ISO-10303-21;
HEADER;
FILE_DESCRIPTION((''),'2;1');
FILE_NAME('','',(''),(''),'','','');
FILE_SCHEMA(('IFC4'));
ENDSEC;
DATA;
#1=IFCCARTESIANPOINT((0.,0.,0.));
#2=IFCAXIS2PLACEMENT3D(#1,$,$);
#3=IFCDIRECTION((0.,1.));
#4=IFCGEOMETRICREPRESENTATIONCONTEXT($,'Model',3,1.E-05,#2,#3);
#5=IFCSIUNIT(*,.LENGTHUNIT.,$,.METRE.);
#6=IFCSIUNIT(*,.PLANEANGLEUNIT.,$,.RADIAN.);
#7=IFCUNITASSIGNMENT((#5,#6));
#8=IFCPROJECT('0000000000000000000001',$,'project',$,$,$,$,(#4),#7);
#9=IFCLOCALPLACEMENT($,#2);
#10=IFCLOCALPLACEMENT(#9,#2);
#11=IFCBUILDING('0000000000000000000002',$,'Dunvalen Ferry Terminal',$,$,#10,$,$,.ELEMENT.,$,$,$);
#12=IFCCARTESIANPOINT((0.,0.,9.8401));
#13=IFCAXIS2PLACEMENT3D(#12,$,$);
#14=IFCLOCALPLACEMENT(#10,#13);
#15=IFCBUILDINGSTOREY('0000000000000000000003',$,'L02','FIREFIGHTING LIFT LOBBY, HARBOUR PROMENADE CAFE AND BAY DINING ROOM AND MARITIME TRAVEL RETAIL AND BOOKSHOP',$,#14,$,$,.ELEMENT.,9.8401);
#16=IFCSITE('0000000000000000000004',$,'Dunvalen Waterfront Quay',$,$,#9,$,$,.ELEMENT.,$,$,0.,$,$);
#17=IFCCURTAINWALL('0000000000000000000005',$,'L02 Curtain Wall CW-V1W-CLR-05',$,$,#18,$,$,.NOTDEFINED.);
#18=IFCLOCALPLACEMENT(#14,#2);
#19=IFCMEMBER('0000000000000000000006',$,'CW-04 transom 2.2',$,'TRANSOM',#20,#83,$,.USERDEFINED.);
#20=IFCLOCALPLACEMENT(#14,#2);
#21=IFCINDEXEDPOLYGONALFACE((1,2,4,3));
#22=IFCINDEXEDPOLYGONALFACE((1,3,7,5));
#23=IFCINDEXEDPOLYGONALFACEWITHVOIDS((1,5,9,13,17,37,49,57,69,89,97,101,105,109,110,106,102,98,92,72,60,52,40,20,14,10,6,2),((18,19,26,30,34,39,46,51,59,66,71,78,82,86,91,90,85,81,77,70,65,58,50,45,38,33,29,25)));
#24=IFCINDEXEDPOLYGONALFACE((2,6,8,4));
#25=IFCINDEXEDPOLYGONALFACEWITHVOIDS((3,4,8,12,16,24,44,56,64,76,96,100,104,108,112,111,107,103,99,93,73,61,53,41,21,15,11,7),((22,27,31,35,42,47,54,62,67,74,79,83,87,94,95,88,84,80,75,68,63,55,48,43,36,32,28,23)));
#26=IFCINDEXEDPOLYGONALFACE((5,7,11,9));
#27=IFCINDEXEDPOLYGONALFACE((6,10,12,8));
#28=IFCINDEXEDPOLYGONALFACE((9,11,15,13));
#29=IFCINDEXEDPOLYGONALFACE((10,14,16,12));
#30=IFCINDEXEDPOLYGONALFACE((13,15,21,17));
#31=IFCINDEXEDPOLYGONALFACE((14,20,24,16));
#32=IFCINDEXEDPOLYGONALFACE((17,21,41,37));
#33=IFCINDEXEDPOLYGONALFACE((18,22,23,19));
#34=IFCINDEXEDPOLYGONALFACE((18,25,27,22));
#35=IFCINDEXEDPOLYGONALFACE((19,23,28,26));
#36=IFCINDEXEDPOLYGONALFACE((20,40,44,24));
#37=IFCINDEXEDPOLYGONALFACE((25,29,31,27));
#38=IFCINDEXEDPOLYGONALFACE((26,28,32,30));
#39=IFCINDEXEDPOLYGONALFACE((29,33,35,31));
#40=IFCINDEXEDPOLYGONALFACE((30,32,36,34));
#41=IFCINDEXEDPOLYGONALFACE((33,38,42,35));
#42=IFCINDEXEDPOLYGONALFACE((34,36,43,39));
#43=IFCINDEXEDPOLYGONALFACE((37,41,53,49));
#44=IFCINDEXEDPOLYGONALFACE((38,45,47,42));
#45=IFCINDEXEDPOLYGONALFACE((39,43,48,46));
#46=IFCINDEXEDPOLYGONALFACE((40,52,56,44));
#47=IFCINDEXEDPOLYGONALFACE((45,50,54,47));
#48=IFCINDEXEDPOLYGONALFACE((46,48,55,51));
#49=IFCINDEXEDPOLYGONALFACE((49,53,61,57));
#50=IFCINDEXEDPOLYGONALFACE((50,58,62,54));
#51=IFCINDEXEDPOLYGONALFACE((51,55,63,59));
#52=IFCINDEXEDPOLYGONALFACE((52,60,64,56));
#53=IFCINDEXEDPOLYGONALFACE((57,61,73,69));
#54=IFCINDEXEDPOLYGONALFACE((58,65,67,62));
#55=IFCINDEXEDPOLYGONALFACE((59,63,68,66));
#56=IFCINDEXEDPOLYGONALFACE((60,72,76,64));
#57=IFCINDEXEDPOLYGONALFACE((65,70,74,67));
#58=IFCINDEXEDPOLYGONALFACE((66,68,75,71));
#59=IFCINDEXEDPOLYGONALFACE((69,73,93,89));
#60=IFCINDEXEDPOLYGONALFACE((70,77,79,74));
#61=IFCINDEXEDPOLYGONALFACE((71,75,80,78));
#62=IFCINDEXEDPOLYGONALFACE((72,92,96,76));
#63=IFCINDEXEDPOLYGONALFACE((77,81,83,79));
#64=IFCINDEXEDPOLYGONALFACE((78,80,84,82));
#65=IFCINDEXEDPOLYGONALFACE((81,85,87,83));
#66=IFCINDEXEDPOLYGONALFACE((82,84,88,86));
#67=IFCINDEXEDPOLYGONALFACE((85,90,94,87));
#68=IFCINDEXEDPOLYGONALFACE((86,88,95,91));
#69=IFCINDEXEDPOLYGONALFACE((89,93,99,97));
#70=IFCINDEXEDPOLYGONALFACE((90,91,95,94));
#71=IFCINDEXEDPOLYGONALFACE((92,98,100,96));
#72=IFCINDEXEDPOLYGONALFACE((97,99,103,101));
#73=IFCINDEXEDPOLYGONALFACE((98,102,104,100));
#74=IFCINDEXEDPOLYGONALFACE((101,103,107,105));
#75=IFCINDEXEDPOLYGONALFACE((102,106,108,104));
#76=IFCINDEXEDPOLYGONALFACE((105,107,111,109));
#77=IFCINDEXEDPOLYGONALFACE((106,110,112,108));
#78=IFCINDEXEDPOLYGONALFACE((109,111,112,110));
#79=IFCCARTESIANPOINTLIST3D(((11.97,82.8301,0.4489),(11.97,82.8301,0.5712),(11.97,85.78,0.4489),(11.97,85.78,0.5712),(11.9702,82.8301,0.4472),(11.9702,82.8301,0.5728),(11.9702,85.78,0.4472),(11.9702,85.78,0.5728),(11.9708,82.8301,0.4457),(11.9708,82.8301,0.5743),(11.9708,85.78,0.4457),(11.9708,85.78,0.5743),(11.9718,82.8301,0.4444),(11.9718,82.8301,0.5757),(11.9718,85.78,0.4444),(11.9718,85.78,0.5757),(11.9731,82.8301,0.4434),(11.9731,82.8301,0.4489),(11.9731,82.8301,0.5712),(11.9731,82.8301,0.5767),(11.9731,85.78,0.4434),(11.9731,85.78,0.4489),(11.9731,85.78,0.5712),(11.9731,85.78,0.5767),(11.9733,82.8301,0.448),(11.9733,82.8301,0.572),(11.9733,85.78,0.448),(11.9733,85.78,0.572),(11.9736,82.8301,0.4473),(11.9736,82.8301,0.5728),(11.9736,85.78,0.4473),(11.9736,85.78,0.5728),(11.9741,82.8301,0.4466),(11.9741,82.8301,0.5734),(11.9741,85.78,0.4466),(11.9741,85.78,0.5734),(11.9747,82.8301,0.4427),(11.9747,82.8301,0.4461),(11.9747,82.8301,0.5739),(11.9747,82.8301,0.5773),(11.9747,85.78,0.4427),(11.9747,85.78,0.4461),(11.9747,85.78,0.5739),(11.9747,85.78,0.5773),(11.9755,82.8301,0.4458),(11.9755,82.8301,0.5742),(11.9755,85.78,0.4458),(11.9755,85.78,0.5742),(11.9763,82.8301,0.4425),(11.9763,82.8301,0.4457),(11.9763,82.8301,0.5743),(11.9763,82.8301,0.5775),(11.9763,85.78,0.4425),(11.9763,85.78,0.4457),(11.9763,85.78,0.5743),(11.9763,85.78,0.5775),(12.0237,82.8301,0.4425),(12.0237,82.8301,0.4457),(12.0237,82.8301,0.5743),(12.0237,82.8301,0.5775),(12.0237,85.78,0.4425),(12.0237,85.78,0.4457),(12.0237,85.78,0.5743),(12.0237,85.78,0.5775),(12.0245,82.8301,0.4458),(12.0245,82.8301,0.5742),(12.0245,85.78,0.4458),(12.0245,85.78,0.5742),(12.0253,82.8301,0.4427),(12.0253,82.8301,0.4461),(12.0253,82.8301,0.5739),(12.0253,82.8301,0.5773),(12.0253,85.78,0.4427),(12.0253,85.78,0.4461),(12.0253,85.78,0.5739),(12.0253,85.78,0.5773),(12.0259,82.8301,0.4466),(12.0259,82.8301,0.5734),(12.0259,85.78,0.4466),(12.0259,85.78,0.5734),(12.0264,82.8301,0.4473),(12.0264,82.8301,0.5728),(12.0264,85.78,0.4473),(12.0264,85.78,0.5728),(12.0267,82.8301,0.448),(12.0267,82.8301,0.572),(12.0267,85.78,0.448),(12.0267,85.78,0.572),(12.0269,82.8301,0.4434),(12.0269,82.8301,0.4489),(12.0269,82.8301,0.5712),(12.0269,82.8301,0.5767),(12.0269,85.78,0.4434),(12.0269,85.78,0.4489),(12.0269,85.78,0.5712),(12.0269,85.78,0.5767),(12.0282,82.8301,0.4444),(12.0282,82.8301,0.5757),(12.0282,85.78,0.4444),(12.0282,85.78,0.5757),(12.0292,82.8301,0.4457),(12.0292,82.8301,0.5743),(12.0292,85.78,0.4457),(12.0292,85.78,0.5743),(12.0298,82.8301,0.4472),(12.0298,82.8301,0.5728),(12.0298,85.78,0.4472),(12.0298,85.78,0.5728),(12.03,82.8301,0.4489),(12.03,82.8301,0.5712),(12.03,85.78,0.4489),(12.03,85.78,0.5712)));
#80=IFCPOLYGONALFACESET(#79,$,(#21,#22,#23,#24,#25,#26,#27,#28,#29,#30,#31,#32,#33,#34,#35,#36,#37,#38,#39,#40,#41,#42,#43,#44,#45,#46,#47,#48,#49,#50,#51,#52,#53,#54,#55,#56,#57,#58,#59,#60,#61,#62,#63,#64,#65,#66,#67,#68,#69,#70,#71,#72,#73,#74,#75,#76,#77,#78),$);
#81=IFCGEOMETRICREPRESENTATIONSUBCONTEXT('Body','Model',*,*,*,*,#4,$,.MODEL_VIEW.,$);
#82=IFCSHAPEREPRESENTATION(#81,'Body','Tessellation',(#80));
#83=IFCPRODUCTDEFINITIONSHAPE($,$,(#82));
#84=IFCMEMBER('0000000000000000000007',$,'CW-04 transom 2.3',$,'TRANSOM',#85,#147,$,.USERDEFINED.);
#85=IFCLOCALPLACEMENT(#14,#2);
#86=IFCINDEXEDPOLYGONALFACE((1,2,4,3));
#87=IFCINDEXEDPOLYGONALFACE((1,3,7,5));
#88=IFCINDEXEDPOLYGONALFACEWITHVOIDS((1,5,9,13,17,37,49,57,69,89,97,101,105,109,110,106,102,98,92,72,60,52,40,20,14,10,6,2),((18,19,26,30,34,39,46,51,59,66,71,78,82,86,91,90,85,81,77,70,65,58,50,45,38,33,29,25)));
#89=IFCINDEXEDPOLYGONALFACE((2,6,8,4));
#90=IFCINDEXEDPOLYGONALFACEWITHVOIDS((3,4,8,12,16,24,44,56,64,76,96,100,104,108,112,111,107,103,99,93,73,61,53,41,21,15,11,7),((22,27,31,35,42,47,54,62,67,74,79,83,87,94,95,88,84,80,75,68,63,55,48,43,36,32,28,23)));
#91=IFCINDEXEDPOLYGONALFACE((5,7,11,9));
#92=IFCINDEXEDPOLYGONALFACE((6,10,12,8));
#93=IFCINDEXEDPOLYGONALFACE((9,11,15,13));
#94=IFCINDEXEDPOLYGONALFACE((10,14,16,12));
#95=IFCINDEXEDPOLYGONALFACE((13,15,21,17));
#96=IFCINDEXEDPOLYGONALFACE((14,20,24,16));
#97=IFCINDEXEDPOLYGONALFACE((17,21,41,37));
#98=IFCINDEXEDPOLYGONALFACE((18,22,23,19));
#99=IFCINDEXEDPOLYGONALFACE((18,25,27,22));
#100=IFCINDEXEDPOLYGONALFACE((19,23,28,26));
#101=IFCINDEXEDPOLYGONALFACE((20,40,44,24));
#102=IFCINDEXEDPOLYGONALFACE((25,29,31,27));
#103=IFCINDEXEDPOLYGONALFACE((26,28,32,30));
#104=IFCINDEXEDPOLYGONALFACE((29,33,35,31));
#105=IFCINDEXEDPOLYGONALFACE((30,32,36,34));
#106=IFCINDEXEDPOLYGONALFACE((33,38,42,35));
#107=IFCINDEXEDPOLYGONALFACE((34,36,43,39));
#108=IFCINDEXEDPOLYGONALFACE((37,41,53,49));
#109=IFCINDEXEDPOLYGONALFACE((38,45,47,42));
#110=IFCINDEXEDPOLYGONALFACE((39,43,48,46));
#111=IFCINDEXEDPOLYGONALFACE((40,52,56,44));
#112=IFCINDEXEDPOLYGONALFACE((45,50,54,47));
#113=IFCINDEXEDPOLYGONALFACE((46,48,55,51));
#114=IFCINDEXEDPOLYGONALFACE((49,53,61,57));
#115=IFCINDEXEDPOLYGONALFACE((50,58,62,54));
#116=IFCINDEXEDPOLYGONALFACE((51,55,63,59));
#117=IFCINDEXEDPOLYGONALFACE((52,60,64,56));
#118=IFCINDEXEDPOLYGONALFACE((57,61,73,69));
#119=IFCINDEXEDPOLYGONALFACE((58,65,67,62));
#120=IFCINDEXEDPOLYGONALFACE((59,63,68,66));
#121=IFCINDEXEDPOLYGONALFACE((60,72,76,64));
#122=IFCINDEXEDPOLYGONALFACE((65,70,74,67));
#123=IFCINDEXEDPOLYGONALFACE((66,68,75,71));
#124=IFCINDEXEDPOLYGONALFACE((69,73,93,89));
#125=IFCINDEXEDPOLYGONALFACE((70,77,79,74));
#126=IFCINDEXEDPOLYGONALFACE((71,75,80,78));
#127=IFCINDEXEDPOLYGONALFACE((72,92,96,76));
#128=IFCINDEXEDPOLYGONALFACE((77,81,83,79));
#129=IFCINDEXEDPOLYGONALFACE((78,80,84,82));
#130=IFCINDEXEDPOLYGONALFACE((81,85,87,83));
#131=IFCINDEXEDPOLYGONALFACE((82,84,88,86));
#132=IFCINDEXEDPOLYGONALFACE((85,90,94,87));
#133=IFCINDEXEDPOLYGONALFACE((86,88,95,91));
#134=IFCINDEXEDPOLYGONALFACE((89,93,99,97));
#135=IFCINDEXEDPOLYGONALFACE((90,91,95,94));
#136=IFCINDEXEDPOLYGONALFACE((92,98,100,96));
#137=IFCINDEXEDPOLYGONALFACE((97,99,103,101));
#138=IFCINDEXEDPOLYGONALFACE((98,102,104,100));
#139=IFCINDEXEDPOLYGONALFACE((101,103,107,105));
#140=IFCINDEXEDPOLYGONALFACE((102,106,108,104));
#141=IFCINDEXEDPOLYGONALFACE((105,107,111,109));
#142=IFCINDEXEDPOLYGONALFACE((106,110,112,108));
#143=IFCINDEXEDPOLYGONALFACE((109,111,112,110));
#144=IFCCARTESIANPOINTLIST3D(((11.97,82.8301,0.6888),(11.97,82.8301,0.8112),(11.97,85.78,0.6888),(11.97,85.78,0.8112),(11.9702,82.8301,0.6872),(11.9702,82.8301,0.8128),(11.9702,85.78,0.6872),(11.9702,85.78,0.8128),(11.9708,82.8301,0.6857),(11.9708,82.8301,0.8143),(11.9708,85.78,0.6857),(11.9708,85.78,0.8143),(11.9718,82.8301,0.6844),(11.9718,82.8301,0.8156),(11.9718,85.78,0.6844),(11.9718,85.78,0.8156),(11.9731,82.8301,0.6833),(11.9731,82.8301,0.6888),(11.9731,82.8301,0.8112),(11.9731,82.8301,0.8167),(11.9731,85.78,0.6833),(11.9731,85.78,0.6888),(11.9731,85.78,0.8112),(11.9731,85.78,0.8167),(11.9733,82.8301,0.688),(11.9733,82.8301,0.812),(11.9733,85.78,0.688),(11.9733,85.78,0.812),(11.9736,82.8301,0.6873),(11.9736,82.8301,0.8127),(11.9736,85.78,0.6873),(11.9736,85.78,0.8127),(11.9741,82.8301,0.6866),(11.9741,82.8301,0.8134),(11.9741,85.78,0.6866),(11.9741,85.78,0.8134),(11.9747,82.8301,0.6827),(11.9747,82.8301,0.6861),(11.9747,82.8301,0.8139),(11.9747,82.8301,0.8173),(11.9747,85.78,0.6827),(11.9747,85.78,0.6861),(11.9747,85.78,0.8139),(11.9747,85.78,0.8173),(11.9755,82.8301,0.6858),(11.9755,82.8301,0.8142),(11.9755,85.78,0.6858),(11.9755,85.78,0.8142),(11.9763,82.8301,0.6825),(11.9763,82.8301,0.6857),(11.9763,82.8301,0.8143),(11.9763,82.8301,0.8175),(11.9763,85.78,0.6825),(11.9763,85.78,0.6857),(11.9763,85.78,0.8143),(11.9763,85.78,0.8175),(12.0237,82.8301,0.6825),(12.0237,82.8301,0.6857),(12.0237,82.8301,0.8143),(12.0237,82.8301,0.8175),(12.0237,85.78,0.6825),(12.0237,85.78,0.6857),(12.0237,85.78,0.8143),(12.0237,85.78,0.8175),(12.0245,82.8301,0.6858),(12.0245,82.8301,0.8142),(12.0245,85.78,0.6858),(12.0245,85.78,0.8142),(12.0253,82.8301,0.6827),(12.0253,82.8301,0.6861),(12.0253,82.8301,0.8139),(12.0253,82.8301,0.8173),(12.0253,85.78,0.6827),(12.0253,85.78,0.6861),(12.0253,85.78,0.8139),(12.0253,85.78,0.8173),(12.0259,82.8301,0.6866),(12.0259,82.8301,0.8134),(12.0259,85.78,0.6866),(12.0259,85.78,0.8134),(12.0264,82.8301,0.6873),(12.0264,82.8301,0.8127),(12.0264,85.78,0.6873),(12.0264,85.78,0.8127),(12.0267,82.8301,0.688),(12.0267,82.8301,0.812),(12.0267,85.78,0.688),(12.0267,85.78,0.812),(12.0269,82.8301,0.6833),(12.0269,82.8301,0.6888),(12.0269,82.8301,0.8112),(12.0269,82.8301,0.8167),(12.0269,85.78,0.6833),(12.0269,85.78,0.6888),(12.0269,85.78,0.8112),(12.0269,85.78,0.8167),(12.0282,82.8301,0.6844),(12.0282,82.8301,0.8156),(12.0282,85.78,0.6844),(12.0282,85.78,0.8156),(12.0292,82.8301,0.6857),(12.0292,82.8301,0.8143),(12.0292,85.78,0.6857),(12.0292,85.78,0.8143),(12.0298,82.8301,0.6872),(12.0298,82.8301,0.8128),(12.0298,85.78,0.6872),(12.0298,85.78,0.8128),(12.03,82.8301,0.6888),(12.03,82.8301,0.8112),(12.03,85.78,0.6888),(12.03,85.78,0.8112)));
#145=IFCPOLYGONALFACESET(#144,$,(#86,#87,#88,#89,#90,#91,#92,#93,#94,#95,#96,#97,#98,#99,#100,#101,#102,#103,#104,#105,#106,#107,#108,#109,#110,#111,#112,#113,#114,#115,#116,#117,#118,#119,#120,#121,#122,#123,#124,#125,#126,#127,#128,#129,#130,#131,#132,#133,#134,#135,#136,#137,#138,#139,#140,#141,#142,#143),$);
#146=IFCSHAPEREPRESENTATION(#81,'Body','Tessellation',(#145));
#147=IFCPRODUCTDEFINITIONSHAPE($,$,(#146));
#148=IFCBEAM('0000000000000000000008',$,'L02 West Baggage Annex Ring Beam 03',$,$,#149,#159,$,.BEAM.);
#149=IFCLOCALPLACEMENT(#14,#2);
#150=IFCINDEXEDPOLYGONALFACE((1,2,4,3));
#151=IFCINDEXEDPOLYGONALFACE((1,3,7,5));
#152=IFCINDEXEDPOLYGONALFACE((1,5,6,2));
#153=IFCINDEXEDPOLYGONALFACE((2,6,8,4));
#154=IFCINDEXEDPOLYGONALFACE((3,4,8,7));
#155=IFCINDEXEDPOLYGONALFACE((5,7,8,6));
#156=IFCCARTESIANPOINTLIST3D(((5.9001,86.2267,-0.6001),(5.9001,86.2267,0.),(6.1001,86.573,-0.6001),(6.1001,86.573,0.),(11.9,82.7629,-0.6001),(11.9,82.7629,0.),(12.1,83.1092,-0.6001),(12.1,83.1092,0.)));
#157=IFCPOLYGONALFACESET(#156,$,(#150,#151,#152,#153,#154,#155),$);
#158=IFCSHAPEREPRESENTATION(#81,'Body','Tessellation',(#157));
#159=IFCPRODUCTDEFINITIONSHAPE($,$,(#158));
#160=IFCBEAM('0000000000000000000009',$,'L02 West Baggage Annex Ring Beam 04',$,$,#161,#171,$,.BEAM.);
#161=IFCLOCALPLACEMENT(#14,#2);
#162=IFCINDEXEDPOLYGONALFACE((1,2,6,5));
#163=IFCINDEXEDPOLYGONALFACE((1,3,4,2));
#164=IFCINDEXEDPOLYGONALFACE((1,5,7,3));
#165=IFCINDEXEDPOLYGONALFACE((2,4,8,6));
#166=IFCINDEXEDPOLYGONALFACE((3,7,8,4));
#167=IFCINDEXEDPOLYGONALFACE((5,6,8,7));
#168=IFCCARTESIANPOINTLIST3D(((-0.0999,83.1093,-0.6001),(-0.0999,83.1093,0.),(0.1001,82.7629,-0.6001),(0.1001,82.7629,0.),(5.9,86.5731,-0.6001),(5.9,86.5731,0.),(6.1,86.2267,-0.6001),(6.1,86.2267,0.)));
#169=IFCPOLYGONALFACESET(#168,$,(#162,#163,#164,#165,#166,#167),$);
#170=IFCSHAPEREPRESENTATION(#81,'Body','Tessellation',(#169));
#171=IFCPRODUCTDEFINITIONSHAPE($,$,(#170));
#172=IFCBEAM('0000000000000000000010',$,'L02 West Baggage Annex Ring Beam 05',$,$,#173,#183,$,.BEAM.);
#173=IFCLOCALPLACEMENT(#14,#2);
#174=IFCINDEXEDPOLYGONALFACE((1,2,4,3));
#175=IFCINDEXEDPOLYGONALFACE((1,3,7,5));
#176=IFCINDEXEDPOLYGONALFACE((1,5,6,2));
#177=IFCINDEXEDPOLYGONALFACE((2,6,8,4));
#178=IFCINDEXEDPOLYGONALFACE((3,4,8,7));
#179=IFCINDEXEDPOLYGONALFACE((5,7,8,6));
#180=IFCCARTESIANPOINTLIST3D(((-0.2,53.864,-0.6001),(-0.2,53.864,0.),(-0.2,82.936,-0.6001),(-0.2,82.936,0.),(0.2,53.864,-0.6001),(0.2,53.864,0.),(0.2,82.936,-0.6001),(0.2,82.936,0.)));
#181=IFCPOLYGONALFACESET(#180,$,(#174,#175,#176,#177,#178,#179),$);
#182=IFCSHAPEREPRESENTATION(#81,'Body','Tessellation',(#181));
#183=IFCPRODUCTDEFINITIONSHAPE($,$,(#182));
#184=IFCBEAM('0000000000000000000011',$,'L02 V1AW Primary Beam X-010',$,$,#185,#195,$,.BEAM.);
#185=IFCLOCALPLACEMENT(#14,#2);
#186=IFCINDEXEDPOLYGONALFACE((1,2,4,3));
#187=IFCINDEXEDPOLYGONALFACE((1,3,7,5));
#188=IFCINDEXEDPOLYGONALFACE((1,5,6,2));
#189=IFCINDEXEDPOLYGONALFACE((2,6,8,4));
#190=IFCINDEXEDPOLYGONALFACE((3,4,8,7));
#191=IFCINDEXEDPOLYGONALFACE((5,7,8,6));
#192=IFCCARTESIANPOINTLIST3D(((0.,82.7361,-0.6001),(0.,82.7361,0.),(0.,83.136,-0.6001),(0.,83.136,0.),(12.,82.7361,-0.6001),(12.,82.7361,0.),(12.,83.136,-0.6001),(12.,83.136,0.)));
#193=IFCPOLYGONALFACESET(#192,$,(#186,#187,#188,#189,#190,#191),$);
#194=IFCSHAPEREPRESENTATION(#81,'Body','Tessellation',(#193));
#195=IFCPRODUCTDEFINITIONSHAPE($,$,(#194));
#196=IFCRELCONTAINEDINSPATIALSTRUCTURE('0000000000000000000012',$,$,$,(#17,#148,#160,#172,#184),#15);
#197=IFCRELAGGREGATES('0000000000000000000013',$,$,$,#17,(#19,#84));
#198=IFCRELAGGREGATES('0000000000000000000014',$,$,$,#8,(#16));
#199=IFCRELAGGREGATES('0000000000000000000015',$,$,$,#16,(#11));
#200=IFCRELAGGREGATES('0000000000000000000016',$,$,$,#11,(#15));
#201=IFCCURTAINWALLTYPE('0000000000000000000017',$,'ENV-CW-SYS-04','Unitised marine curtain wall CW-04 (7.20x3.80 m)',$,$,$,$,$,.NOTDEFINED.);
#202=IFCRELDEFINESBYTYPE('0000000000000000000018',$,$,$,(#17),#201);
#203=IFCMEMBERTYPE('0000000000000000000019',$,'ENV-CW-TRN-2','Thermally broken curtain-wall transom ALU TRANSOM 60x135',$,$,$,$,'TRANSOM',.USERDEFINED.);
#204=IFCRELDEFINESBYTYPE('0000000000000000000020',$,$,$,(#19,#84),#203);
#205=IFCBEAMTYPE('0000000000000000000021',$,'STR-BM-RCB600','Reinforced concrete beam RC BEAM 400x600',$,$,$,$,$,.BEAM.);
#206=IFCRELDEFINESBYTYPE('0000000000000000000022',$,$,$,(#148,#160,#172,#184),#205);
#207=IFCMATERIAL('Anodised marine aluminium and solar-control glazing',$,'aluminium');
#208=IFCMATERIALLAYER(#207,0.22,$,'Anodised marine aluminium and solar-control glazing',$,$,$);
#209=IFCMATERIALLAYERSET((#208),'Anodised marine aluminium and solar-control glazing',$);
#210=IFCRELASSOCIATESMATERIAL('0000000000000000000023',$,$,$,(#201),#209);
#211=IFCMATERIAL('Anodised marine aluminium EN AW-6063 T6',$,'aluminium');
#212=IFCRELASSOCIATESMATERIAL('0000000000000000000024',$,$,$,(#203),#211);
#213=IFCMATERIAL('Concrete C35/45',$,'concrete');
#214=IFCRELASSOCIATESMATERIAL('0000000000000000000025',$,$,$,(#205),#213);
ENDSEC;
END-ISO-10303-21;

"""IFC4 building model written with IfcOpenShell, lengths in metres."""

from ifc_helpers import new_model, si_unit, direction, frame, origin, origin_2d, place, context, subcontext, project, spatial, rectangle, hollow_rectangle, extrude, material, layer, layer_set, material_profile, profile_set, type_object, element, aggregate, save


model = new_model("IFC4")

# Units and contexts
model_context = context("Model", 3, precision=1e-05, world=origin(), true_north=direction((0.0, 1.0)))
body_context = subcontext(model_context, "Body", "Model", "MODEL_VIEW")
ifc_project = project(units=[si_unit("LENGTHUNIT", "METRE"), si_unit("PLANEANGLEUNIT", "RADIAN")], contexts=[model_context])

# Site, building, storey
site_placement = place(None, origin())
site = spatial("IfcSite", under=ifc_project, at=site_placement, Name="Dunvalen Waterfront Quay", CompositionType="ELEMENT", RefElevation=0.0)
building_placement = place(site_placement, origin())
building = spatial("IfcBuilding", under=site, at=building_placement, Name="Dunvalen Ferry Terminal", CompositionType="ELEMENT")
storey_placement = place(building_placement, frame((0.0, 0.0, 9.8401)))
storey = spatial("IfcBuildingStorey", under=building, at=storey_placement, Name="L02", Description="FIREFIGHTING LIFT LOBBY, HARBOUR PROMENADE CAFE AND BAY DINING ROOM AND MARITIME TRAVEL RETAIL AND BOOKSHOP", CompositionType="ELEMENT", Elevation=9.8401)

# Curtain wall, members
ifc_material_1 = material(Name="Anodised marine aluminium and solar-control glazing", Category="aluminium")
ifc_layer_1 = layer(ifc_material_1, 0.22, Name="Anodised marine aluminium and solar-control glazing")
ifc_layer_set_1 = layer_set([ifc_layer_1], Name="Anodised marine aluminium and solar-control glazing")
curtain_wall_type = type_object("IfcCurtainWallType", Name="ENV-CW-SYS-04", Description="Unitised marine curtain wall CW-04 (7.20x3.80 m)", PredefinedType="NOTDEFINED", material=ifc_layer_set_1)
curtain_wall_placement = place(storey_placement, origin())
curtain_wall = element("IfcCurtainWall", 1, at=curtain_wall_placement, inside=storey, type_object=curtain_wall_type, Name="L02 Curtain Wall CW-V1W-CLR-05", PredefinedType="NOTDEFINED")
ifc_material_2 = material(Name="Anodised marine aluminium EN AW-6063 T6", Category="aluminium")
ifc_material_profile_1 = material_profile(ifc_material_2, hollow_rectangle(XDim=0.0601, YDim=0.135, WallThickness=0.0032, InnerFilletRadius=0.0032, OuterFilletRadius=0.0063, at=origin_2d()), Name="Anodised marine aluminium EN AW-6063 T6")
ifc_profile_set_1 = profile_set([ifc_material_profile_1], Name="Anodised marine aluminium EN AW-6063 T6")
member_type_1 = type_object("IfcMemberType", Name="ENV-CW-TRN-2", Description="Thermally broken curtain-wall transom ALU TRANSOM 60x135", ElementType="TRANSOM", PredefinedType="USERDEFINED", material=ifc_profile_set_1)
member_1_placement = place(storey_placement, frame((12.0, 82.8301, 0.51), z_axis=(0.0, 1.0, 0.0), x_axis=(-1.0, 0.0, 0.0)))
member_1 = element("IfcMember", 2, at=member_1_placement, type_object=member_type_1, Name="CW-04 transom 2.2", ObjectType="TRANSOM", PredefinedType="USERDEFINED", context=body_context, shape_type="SweptSolid", body=[
    extrude(hollow_rectangle(XDim=0.0601, YDim=0.135, WallThickness=0.0032, InnerFilletRadius=0.0032, OuterFilletRadius=0.0063, at=origin_2d()), origin(), (0.0, 0.0, 1.0), 2.95),
])
member_2_placement = place(storey_placement, frame((12.0, 82.8301, 0.75), z_axis=(0.0, 1.0, 0.0), x_axis=(-1.0, 0.0, 0.0)))
member_2 = element("IfcMember", 3, at=member_2_placement, type_object=member_type_1, Name="CW-04 transom 2.3", ObjectType="TRANSOM", PredefinedType="USERDEFINED", context=body_context, shape_type="SweptSolid", body=[
    extrude(hollow_rectangle(XDim=0.0601, YDim=0.135, WallThickness=0.0032, InnerFilletRadius=0.0032, OuterFilletRadius=0.0063, at=origin_2d()), origin(), (0.0, 0.0, 1.0), 2.95),
])

# Beams
ifc_material_3 = material(Name="Concrete C35/45", Category="concrete")
ifc_material_profile_2 = material_profile(ifc_material_3, rectangle(XDim=0.3999, YDim=0.6001, at=origin_2d()), Name="Concrete C35/45")
ifc_profile_set_2 = profile_set([ifc_material_profile_2], Name="Concrete C35/45")
beam_type_1 = type_object("IfcBeamType", Name="STR-BM-RCB600", Description="Reinforced concrete beam RC BEAM 400x600", PredefinedType="BEAM", material=ifc_profile_set_2)
for number, where, z_axis, x_axis, name in (
    (4, (12.0, 82.936, -0.3), (-0.86604, 0.499975, 0.0), (-0.499975, -0.86604, 0.0), "L02 West Baggage Annex Ring Beam 03"),
    (5, (6.0, 86.3999, -0.3), (-0.86604, -0.499975, 0.0), (0.499975, -0.86604, 0.0), "L02 West Baggage Annex Ring Beam 04"),
):
    element("IfcBeam", number, at=place(storey_placement, frame(where, z_axis=z_axis, x_axis=x_axis)), inside=storey, type_object=beam_type_1, Name=name, PredefinedType="BEAM", context=body_context, shape_type="SweptSolid", body=[
        extrude(rectangle(XDim=0.3999, YDim=0.6001, at=origin_2d()), origin(), (0.0, 0.0, 1.0), 6.928),
    ])
beam_1_placement = place(storey_placement, frame((0.0, 82.936, -0.3), z_axis=(0.0, -1.0, 0.0), x_axis=(1.0, 0.0, 0.0)))
element("IfcBeam", 6, at=beam_1_placement, inside=storey, type_object=beam_type_1, Name="L02 West Baggage Annex Ring Beam 05", PredefinedType="BEAM", context=body_context, shape_type="SweptSolid", body=[
    extrude(rectangle(XDim=0.3999, YDim=0.6001, at=origin_2d()), origin(), (0.0, 0.0, 1.0), 29.072),
])
beam_2_placement = place(storey_placement, frame((0.0, 82.936, -0.3), z_axis=(1.0, 0.0, 0.0), x_axis=(0.0, 1.0, 0.0)))
element("IfcBeam", 7, at=beam_2_placement, inside=storey, type_object=beam_type_1, Name="L02 V1AW Primary Beam X-010", PredefinedType="BEAM", context=body_context, shape_type="SweptSolid", body=[
    extrude(rectangle(XDim=0.3999, YDim=0.6001, at=origin_2d()), origin(), (0.0, 0.0, 1.0), 12.0),
])

aggregate(curtain_wall, [member_1, member_2])

save(model, "model.ifc")
